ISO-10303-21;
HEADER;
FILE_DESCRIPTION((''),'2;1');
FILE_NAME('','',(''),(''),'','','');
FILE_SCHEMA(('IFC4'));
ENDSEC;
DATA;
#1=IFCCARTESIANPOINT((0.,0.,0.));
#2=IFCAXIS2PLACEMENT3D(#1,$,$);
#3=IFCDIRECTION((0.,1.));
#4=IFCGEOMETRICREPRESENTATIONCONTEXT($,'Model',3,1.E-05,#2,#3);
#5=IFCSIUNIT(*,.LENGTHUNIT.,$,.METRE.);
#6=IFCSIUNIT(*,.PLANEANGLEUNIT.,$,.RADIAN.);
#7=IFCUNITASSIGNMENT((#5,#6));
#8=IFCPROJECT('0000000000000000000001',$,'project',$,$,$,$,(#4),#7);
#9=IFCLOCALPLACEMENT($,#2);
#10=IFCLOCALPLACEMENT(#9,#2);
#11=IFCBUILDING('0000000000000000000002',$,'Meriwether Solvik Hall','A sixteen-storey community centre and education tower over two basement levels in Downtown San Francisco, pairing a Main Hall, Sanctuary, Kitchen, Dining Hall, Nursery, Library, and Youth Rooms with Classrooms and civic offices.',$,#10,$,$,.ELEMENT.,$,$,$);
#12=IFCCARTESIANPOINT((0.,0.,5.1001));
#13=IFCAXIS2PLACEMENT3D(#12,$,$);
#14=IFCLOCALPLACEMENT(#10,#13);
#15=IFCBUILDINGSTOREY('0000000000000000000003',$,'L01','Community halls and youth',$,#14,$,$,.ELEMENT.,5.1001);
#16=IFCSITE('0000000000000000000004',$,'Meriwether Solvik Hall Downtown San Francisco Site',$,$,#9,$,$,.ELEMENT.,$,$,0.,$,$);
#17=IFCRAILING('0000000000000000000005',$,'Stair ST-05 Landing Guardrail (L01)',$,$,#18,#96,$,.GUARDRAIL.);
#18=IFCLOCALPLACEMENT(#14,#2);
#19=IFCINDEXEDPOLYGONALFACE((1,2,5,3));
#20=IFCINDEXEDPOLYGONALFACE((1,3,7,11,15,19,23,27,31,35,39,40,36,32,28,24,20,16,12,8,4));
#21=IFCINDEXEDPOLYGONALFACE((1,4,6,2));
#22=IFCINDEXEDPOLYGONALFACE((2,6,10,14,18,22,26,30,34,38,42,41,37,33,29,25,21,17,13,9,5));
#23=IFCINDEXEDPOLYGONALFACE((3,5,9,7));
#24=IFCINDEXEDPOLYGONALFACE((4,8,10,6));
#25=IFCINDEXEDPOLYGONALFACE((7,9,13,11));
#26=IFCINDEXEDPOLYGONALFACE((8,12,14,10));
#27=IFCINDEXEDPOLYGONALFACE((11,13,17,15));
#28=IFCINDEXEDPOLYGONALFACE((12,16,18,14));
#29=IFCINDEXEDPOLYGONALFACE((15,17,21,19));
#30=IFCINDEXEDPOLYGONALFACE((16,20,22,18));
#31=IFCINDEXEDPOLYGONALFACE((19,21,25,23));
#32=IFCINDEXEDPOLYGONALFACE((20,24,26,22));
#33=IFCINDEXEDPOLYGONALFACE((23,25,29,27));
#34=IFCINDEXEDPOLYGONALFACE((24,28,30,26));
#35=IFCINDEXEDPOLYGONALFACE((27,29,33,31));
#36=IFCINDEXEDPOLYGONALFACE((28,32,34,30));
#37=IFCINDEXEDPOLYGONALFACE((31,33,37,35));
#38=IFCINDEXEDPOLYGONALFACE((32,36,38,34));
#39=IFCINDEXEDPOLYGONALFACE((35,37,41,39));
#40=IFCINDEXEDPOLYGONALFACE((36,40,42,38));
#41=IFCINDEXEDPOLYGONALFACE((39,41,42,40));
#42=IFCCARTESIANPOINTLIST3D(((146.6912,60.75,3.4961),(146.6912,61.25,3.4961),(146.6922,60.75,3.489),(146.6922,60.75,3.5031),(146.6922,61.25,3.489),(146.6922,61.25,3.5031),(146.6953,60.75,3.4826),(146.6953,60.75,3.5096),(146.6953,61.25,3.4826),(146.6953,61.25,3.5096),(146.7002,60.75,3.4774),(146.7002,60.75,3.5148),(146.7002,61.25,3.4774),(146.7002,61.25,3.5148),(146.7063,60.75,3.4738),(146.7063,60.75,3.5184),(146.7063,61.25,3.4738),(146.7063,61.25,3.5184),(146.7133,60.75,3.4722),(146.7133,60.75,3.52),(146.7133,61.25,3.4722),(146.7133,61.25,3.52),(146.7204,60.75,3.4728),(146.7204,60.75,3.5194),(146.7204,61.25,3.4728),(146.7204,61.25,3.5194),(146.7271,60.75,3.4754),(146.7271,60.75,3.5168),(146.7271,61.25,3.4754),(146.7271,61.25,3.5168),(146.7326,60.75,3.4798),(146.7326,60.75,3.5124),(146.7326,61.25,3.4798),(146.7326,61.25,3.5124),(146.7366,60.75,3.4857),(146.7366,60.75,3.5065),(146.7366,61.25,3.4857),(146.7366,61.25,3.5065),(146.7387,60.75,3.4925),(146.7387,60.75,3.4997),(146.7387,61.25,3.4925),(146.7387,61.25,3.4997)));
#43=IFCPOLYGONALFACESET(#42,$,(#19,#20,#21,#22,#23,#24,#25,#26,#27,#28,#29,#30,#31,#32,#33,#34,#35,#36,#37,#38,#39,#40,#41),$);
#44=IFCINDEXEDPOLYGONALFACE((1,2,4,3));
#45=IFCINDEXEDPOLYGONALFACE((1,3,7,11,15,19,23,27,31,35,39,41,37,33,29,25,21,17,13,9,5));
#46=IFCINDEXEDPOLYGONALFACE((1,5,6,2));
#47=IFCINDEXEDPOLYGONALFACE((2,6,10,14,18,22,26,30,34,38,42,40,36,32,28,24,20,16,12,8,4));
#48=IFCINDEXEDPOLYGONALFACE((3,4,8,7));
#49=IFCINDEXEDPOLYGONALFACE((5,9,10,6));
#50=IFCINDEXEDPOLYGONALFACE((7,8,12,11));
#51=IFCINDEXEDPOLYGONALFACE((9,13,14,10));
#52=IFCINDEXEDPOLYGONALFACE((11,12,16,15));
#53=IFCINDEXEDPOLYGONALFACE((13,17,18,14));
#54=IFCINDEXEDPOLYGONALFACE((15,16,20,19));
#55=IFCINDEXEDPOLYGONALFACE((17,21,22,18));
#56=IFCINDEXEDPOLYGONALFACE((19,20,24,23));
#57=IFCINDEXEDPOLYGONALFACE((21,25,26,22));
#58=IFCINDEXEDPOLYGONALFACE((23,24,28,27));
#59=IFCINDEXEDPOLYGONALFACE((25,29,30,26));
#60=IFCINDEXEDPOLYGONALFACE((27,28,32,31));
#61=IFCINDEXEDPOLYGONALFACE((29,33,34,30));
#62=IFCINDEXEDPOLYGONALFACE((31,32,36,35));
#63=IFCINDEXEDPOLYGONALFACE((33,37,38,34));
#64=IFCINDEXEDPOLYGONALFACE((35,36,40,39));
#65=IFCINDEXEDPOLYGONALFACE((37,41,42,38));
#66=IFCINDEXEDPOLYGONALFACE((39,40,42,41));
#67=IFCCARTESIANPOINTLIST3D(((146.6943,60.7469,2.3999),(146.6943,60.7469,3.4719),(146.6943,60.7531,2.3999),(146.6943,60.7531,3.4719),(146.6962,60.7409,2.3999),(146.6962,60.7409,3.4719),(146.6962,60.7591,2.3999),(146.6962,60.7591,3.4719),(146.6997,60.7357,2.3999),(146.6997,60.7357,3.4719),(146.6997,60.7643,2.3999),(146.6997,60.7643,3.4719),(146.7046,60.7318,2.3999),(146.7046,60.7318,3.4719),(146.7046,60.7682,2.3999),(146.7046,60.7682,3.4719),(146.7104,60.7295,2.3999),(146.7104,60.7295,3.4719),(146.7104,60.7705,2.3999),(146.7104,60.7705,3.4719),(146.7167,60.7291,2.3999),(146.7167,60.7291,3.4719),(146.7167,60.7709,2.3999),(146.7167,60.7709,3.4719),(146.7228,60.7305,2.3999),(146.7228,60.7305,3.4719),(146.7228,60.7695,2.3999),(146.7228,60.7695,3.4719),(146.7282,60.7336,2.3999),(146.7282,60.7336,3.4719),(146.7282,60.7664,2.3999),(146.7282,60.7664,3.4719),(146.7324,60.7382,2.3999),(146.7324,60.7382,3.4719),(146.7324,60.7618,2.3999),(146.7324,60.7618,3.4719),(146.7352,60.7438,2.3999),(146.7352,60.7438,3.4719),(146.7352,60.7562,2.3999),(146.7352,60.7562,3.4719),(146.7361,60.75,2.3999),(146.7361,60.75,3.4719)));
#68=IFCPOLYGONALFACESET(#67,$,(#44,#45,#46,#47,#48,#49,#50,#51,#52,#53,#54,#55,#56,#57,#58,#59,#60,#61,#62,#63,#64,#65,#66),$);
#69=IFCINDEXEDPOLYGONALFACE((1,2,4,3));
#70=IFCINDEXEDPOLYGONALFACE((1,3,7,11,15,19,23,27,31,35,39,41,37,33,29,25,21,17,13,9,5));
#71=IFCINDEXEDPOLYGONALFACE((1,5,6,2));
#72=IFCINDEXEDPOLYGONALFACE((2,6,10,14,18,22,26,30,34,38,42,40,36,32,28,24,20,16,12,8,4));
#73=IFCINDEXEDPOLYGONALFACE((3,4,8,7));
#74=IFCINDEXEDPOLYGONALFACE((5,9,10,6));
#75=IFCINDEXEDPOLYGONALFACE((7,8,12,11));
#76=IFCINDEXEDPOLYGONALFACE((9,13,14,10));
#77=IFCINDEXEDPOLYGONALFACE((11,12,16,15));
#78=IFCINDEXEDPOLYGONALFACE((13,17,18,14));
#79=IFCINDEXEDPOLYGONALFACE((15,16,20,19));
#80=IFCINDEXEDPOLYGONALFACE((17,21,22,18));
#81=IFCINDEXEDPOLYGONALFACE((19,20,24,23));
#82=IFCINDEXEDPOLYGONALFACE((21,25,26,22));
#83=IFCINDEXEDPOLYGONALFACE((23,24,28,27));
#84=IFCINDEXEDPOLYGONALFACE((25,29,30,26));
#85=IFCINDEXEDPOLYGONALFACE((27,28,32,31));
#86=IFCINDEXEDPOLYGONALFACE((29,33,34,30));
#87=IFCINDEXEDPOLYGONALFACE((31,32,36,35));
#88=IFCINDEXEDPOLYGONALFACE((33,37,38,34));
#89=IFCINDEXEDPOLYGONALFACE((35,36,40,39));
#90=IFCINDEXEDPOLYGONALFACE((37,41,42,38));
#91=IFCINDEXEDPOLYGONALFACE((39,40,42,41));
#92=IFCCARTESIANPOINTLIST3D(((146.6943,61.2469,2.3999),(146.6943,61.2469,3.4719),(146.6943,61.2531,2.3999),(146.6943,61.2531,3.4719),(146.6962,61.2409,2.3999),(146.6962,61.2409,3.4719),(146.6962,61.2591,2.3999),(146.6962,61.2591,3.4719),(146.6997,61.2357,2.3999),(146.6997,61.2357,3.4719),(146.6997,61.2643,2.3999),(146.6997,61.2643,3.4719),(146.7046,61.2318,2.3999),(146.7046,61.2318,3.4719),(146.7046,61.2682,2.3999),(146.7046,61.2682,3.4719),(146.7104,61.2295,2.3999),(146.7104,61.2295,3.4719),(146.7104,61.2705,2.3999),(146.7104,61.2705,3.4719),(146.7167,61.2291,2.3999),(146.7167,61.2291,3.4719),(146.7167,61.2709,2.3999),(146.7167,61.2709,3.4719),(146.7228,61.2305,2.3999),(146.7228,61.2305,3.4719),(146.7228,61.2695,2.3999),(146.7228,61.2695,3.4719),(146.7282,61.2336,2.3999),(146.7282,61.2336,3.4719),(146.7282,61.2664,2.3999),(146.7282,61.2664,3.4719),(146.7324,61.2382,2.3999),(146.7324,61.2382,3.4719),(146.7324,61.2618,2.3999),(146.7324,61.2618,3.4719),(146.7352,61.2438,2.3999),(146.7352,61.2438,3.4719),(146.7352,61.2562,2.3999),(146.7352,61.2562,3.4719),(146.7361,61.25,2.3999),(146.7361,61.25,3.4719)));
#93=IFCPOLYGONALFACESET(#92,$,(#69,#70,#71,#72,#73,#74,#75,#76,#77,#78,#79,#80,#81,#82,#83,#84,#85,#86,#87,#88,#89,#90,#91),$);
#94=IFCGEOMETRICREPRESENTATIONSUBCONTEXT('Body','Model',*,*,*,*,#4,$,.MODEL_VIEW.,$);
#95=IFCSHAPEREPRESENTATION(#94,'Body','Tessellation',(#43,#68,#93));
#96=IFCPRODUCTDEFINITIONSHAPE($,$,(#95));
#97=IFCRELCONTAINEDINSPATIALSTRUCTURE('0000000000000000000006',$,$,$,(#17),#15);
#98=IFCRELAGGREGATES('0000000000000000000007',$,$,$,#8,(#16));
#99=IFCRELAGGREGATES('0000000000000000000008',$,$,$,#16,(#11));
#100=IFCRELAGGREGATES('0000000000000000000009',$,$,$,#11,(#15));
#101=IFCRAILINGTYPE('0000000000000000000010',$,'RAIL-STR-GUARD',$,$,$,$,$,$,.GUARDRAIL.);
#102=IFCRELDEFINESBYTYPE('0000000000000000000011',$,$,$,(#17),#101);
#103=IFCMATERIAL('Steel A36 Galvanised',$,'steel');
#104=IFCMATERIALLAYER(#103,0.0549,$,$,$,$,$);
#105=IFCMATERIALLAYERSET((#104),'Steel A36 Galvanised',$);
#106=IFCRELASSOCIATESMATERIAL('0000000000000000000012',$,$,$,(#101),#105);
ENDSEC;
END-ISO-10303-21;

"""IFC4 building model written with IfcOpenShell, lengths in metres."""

from ifc_helpers import new_model, si_unit, direction, frame, origin, origin_2d, place, context, subcontext, project, spatial, circle, extrude, material, layer, layer_set, type_object, element, save


model = new_model("IFC4")

# Units and contexts
model_context = context("Model", 3, precision=1e-05, world=origin(), true_north=direction((0.0, 1.0)))
body_context = subcontext(model_context, "Body", "Model", "MODEL_VIEW")
ifc_project = project(units=[si_unit("LENGTHUNIT", "METRE"), si_unit("PLANEANGLEUNIT", "RADIAN")], contexts=[model_context])

# Site, building, storey
site_placement = place(None, origin())
site = spatial("IfcSite", under=ifc_project, at=site_placement, Name="Meriwether Solvik Hall Downtown San Francisco Site", CompositionType="ELEMENT", RefElevation=0.0)
building_placement = place(site_placement, origin())
building = spatial("IfcBuilding", under=site, at=building_placement, Name="Meriwether Solvik Hall", Description="A sixteen-storey community centre and education tower over two basement levels in Downtown San Francisco, pairing a Main Hall, Sanctuary, Kitchen, Dining Hall, Nursery, Library, and Youth Rooms with Classrooms and civic offices.", CompositionType="ELEMENT")
storey_placement = place(building_placement, frame((0.0, 0.0, 5.1001)))
storey = spatial("IfcBuildingStorey", under=building, at=storey_placement, Name="L01", Description="Community halls and youth", CompositionType="ELEMENT", Elevation=5.1001)

# Railing
ifc_material_1 = material(Name="Steel A36 Galvanised", Category="steel")
ifc_layer_1 = layer(ifc_material_1, 0.0549)
ifc_layer_set_1 = layer_set([ifc_layer_1], Name="Steel A36 Galvanised")
railing_type_1 = type_object("IfcRailingType", Name="RAIL-STR-GUARD", PredefinedType="GUARDRAIL", material=ifc_layer_set_1)
railing_1_placement = place(storey_placement, frame((146.7151, 60.75, 2.3999)))
element("IfcRailing", 1, at=railing_1_placement, inside=storey, type_object=railing_type_1, Name="Stair ST-05 Landing Guardrail (L01)", PredefinedType="GUARDRAIL", context=body_context, shape_type="SweptSolid", body=[
    extrude(circle(Radius=0.0239, at=origin_2d()), frame((0.0, 0.0, 1.0962), z_axis=(0.0, 1.0, 0.0), x_axis=(-1.0, 0.0, 0.0)), (0.0, 0.0, 1.0), 0.5),
    extrude(circle(Radius=0.021, at=origin_2d()), origin(), (0.0, 0.0, 1.0), 1.072),
    extrude(circle(Radius=0.021, at=origin_2d()), frame((0.0, 0.5, 0.0)), (0.0, 0.0, 1.0), 1.072),
])

save(model, "model.ifc")
